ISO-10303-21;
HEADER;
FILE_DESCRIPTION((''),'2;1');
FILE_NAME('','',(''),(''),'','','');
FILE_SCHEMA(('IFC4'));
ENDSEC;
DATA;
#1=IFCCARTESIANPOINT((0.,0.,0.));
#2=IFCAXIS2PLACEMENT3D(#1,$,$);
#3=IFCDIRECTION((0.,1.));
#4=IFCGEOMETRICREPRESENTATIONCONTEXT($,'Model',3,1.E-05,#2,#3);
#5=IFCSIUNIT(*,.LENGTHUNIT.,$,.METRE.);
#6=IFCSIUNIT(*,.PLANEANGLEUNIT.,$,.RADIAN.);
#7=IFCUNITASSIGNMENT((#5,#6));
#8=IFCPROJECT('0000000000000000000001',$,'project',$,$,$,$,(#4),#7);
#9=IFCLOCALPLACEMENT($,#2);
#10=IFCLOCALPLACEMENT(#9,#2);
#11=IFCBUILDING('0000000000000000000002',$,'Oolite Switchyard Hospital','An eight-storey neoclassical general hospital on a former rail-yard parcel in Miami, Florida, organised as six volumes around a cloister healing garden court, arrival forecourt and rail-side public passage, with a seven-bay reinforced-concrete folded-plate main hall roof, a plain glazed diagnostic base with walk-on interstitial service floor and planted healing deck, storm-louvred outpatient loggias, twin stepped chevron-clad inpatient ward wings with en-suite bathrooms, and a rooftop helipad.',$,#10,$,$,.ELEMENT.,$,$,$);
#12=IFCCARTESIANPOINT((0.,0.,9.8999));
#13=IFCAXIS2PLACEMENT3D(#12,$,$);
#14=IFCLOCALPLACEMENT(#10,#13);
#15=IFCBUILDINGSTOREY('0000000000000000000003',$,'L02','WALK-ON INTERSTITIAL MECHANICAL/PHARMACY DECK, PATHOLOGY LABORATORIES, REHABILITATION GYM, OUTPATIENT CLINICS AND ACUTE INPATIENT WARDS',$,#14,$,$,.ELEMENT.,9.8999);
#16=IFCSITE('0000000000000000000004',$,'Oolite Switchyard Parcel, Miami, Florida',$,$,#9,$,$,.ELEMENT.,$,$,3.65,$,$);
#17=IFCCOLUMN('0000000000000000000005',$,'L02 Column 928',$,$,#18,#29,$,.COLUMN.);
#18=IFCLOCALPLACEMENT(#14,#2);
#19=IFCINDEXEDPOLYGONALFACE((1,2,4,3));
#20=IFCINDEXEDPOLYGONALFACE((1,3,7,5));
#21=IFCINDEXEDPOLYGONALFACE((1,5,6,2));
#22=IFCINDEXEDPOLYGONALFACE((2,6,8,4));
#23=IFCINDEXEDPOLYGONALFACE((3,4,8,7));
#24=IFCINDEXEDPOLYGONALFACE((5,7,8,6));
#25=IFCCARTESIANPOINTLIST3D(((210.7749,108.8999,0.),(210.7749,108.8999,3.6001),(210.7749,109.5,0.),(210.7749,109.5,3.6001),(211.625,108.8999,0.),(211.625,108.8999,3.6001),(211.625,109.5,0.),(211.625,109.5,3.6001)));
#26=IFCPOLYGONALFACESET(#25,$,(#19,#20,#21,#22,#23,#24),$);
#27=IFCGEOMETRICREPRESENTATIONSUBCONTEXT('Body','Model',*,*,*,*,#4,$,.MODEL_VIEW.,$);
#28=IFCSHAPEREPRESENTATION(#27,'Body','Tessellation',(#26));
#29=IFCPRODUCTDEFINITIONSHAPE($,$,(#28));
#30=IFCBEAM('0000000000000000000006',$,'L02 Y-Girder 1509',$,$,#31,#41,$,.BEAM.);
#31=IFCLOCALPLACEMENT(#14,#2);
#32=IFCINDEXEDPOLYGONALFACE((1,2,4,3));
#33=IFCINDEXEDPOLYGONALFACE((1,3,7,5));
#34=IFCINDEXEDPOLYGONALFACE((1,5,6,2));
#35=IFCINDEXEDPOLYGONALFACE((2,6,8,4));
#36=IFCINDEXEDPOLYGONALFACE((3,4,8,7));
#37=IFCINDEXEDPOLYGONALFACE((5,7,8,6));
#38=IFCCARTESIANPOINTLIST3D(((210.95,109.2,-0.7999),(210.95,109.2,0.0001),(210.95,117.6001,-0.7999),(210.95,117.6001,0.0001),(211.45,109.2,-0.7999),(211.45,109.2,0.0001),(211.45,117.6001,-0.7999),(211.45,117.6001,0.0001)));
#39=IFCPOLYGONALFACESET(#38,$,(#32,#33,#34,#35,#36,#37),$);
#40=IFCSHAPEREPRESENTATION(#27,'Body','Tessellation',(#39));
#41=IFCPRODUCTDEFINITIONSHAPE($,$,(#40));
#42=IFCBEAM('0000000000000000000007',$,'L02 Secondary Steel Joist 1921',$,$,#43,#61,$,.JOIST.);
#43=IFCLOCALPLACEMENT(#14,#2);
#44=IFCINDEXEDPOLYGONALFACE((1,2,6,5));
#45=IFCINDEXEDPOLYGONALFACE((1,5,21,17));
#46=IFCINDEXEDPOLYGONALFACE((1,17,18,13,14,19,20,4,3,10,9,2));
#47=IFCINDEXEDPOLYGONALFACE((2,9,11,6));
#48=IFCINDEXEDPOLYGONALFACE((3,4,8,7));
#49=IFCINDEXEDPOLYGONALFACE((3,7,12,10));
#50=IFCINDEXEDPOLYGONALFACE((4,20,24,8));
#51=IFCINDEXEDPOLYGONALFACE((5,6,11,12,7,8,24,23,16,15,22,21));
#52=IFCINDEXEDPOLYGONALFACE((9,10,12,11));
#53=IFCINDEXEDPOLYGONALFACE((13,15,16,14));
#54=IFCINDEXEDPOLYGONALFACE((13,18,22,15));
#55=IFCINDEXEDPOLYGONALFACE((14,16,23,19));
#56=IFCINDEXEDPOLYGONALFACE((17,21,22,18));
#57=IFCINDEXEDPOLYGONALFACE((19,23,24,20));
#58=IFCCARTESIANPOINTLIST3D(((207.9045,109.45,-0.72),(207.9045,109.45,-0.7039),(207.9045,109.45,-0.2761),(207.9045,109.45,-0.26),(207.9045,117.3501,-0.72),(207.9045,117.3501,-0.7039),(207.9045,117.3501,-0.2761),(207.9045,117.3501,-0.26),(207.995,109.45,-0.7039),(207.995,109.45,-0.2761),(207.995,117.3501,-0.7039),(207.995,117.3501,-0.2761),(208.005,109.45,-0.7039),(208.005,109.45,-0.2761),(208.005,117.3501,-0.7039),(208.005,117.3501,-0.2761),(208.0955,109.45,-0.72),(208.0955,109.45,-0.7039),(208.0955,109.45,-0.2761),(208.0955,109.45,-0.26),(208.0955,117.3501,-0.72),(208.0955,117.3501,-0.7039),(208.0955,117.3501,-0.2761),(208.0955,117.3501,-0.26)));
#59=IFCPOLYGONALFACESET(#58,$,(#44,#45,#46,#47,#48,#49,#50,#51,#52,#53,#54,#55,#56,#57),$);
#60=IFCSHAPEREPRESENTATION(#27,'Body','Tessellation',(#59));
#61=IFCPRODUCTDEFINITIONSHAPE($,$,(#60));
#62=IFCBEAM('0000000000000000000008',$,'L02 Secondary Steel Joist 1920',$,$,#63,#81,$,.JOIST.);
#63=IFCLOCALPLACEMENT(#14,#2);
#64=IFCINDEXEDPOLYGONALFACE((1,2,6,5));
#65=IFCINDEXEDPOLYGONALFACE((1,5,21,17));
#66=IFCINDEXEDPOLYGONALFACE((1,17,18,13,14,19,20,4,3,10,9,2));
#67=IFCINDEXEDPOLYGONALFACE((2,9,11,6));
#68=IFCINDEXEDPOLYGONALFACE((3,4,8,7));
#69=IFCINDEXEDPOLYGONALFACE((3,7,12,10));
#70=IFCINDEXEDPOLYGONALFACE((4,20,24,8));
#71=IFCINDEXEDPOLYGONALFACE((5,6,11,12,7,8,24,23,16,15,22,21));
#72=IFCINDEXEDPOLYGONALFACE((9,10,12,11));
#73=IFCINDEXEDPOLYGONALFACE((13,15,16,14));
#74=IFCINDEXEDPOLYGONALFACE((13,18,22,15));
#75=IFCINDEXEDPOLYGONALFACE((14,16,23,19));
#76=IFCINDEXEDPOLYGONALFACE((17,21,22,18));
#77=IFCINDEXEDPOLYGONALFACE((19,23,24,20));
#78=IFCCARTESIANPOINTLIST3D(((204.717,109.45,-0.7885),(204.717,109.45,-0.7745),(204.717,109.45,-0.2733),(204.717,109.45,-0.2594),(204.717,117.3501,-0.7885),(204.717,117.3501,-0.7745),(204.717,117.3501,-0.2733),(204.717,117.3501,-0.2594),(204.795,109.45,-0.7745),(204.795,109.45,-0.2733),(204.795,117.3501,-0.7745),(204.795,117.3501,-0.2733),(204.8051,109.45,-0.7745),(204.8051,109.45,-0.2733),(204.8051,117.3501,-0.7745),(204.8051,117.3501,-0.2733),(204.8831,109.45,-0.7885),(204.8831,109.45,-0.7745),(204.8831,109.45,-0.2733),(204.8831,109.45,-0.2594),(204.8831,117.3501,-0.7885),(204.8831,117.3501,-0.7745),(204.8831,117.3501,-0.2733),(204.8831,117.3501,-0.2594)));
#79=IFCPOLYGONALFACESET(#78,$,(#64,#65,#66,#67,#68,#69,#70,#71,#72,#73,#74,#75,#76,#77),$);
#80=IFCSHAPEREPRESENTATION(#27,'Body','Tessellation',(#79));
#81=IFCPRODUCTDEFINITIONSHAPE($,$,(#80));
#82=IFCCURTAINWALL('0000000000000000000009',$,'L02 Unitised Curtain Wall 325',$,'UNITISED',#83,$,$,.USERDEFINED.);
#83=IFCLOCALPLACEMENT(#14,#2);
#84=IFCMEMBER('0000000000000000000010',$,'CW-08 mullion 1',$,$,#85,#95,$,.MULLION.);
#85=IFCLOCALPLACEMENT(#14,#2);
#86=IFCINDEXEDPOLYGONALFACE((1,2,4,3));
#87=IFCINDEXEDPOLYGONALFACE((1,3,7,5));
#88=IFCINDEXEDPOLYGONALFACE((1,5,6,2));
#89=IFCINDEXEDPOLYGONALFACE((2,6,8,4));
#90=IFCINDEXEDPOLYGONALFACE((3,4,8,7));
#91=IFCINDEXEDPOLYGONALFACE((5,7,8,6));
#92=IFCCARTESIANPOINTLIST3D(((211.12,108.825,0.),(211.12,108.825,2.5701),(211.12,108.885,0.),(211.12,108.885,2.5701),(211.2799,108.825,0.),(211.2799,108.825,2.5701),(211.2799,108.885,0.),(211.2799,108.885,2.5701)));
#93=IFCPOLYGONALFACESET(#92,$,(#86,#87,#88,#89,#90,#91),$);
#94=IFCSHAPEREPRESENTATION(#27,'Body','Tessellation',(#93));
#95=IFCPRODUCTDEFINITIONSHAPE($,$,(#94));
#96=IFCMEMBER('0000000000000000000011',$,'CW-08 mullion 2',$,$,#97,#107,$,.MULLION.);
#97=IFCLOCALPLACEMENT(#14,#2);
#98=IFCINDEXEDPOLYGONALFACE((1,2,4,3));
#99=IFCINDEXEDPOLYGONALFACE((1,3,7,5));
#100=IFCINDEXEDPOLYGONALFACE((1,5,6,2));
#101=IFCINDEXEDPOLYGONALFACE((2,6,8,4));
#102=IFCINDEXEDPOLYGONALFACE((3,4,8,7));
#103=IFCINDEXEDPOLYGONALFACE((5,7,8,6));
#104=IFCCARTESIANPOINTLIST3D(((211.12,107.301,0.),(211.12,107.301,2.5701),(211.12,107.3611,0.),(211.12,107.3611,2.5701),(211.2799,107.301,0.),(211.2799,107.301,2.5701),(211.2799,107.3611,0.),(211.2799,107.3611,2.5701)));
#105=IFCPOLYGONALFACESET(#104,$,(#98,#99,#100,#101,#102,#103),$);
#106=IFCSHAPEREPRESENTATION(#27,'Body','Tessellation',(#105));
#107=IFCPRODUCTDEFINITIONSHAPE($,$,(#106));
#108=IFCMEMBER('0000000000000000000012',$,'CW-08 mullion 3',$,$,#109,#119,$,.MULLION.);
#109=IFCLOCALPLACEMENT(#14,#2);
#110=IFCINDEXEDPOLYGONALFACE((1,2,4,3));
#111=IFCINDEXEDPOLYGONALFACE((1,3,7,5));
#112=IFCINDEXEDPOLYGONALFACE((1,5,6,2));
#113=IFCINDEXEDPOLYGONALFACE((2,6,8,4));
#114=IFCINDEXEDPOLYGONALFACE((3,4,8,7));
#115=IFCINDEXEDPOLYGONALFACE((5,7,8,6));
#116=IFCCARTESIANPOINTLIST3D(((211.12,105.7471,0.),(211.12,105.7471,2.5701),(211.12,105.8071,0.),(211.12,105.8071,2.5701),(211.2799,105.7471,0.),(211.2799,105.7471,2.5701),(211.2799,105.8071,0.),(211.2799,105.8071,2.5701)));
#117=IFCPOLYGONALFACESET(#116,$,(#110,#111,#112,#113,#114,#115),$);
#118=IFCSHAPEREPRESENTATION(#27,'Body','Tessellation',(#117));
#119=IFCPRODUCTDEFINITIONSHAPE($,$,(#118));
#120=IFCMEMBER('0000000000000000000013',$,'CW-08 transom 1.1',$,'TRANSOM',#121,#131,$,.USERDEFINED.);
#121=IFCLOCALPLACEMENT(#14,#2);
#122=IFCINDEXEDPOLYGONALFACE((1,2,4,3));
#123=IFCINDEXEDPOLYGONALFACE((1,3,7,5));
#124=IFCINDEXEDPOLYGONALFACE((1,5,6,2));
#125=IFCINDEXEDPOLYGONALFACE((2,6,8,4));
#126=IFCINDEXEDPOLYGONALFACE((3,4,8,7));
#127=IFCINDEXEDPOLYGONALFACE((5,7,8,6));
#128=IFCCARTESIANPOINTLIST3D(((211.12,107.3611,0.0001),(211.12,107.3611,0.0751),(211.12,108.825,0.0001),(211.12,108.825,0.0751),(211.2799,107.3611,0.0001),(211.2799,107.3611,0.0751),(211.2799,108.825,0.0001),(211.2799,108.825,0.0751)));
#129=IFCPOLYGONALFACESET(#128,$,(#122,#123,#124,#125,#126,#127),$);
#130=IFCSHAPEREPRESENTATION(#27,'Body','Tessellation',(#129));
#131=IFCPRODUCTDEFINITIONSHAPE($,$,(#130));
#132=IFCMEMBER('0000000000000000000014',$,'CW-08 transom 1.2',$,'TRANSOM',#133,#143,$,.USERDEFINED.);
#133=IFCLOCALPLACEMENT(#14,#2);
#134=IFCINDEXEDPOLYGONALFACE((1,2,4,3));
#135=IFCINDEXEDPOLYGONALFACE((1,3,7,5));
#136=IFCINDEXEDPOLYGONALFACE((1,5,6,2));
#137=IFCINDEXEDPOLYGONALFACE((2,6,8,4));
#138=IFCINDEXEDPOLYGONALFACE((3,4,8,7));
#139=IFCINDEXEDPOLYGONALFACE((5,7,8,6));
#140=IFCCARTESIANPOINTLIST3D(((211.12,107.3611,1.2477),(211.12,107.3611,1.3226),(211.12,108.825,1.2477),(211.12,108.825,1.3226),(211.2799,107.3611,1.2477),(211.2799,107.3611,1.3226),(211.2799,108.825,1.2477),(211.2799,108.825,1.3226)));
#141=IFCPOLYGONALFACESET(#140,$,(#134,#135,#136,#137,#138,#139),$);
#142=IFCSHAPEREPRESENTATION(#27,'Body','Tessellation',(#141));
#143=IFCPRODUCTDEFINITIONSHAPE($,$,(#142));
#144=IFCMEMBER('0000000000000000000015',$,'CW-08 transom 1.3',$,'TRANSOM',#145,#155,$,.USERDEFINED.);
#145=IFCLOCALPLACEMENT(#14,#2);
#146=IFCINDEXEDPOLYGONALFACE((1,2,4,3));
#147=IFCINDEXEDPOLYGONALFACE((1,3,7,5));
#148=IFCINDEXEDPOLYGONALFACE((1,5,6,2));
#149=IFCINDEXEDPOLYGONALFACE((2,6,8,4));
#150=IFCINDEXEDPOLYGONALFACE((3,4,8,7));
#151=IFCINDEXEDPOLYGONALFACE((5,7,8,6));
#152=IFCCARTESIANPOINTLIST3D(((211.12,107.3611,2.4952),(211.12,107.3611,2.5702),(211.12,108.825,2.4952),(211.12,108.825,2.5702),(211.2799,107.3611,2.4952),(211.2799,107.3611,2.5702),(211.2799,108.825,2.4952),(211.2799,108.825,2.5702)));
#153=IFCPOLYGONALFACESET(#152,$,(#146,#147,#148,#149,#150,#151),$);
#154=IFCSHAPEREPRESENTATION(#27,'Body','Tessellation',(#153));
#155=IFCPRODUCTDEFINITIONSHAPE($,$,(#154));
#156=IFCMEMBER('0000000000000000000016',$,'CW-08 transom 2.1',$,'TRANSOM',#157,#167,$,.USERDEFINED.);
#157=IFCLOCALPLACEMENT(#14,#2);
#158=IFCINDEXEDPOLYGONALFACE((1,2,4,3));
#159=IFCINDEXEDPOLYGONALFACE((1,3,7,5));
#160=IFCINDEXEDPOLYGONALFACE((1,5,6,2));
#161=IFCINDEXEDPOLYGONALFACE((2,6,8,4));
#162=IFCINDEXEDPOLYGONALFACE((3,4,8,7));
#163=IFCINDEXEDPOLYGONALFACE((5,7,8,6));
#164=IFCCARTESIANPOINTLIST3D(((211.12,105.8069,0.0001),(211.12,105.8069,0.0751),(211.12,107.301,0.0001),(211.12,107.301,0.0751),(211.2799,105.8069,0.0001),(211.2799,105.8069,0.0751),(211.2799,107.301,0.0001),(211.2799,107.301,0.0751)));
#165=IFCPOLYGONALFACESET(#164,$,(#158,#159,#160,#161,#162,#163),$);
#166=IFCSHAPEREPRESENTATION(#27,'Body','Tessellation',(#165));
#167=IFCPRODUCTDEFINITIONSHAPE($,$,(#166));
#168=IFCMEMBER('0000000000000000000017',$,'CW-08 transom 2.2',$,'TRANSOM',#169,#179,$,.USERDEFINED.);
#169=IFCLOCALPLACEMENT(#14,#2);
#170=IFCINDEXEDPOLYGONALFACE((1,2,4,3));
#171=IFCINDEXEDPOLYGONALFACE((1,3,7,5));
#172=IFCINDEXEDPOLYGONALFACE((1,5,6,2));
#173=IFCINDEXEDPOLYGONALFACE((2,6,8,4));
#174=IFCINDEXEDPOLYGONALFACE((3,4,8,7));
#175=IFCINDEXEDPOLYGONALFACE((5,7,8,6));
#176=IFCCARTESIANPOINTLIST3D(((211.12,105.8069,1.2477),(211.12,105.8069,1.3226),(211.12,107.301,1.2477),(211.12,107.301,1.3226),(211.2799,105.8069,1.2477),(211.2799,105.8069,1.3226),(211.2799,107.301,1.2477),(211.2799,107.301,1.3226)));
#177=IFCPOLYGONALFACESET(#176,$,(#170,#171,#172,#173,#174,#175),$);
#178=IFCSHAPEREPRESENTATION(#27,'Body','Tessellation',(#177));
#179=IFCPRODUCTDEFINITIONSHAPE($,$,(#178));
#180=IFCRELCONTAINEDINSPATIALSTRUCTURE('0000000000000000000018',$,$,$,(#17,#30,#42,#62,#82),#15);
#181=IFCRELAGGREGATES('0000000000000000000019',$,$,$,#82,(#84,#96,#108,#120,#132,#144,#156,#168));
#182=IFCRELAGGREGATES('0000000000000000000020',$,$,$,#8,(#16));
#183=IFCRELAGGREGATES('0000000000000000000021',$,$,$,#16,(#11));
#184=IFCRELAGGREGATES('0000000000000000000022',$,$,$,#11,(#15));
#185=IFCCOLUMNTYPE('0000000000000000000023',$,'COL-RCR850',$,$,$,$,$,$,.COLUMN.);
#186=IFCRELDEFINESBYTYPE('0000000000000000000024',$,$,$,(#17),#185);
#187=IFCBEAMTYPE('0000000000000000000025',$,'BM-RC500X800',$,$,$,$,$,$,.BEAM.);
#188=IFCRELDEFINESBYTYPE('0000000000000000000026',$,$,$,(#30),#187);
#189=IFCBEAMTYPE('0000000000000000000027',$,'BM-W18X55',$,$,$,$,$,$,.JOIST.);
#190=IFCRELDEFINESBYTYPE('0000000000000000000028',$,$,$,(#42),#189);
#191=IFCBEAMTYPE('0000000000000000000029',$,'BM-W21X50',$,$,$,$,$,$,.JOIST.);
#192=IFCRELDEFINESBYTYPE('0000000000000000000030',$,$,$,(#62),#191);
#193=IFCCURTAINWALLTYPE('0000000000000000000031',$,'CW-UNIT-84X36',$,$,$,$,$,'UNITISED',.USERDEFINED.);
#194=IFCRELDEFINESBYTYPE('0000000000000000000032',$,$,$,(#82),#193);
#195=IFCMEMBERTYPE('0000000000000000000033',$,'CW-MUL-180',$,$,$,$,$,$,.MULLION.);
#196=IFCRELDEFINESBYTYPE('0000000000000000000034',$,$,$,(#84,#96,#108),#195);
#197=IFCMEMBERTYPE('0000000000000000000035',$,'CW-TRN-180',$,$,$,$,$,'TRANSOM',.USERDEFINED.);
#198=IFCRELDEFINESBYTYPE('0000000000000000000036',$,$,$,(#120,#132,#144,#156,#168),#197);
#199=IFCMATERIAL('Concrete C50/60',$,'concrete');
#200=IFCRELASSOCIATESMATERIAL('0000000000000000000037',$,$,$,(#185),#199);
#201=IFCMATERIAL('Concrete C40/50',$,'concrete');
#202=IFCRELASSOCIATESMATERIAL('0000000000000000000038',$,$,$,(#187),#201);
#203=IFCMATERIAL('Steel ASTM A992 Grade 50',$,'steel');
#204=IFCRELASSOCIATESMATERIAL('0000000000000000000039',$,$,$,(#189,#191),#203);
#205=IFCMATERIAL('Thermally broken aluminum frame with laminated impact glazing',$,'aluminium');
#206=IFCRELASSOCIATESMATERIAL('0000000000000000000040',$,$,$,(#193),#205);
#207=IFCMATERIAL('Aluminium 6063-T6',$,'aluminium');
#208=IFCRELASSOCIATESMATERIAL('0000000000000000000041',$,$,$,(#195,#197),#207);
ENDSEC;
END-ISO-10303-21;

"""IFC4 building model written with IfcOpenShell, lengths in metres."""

from ifc_helpers import new_model, si_unit, direction, frame, origin, origin_2d, place, context, subcontext, project, spatial, rectangle, i_section, extrude, material, material_profile, profile_set, type_object, element, aggregate, save


model = new_model("IFC4")

# Units and contexts
model_context = context("Model", 3, precision=1e-05, world=origin(), true_north=direction((0.0, 1.0)))
body_context = subcontext(model_context, "Body", "Model", "MODEL_VIEW")
ifc_project = project(units=[si_unit("LENGTHUNIT", "METRE"), si_unit("PLANEANGLEUNIT", "RADIAN")], contexts=[model_context])

# Site, building, storey
site_placement = place(None, origin())
site = spatial("IfcSite", under=ifc_project, at=site_placement, Name="Oolite Switchyard Parcel, Miami, Florida", CompositionType="ELEMENT", RefElevation=3.65)
building_placement = place(site_placement, origin())
building = spatial("IfcBuilding", under=site, at=building_placement, Name="Oolite Switchyard Hospital", Description="An eight-storey neoclassical general hospital on a former rail-yard parcel in Miami, Florida, organised as six volumes around a cloister healing garden court, arrival forecourt and rail-side public passage, with a seven-bay reinforced-concrete folded-plate main hall roof, a plain glazed diagnostic base with walk-on interstitial service floor and planted healing deck, storm-louvred outpatient loggias, twin stepped chevron-clad inpatient ward wings with en-suite bathrooms, and a rooftop helipad.", CompositionType="ELEMENT")
storey_placement = place(building_placement, frame((0.0, 0.0, 9.8999)))
storey = spatial("IfcBuildingStorey", under=building, at=storey_placement, Name="L02", Description="WALK-ON INTERSTITIAL MECHANICAL/PHARMACY DECK, PATHOLOGY LABORATORIES, REHABILITATION GYM, OUTPATIENT CLINICS AND ACUTE INPATIENT WARDS", CompositionType="ELEMENT", Elevation=9.8999)

# Column
ifc_material_1 = material(Name="Concrete C50/60", Category="concrete")
ifc_material_profile_1 = material_profile(ifc_material_1, rectangle(XDim=0.8501, YDim=0.6001, at=origin_2d()), Name="RC850X600")
ifc_profile_set_1 = profile_set([ifc_material_profile_1], Name="Concrete C50/60")
column_type = type_object("IfcColumnType", Name="COL-RCR850", PredefinedType="COLUMN", material=ifc_profile_set_1)
column_placement = place(storey_placement, frame((211.2, 109.2, 0.0), z_axis=(0.0, 0.0, 1.0), x_axis=(1.0, 0.0, 0.0)))
element("IfcColumn", 1, at=column_placement, inside=storey, type_object=column_type, Name="L02 Column 928", PredefinedType="COLUMN", context=body_context, shape_type="SweptSolid", body=[
    extrude(rectangle(XDim=0.8501, YDim=0.6001, at=origin_2d()), origin(), (0.0, 0.0, 1.0), 3.6001),
])

# Beams
ifc_material_2 = material(Name="Concrete C40/50", Category="concrete")
ifc_material_profile_2 = material_profile(ifc_material_2, rectangle(XDim=0.5, YDim=0.8, at=origin_2d()), Name="RCB500X800")
ifc_profile_set_2 = profile_set([ifc_material_profile_2], Name="Concrete C40/50")
beam_type_1 = type_object("IfcBeamType", Name="BM-RC500X800", PredefinedType="BEAM", material=ifc_profile_set_2)
beam_1_placement = place(storey_placement, frame((211.2, 109.2, -0.3999), z_axis=(0.0, 1.0, 0.0), x_axis=(-1.0, 0.0, 0.0)))
element("IfcBeam", 2, at=beam_1_placement, inside=storey, type_object=beam_type_1, Name="L02 Y-Girder 1509", PredefinedType="BEAM", context=body_context, shape_type="SweptSolid", body=[
    extrude(rectangle(XDim=0.5, YDim=0.8, at=origin_2d()), origin(), (0.0, 0.0, 1.0), 8.4001),
])
ifc_material_3 = material(Name="Steel ASTM A992 Grade 50", Category="steel")
ifc_material_profile_3 = material_profile(ifc_material_3, i_section(OverallWidth=0.1909, OverallDepth=0.46, WebThickness=0.01, FlangeThickness=0.0161, at=origin_2d()), Name="W18X55")
ifc_profile_set_3 = profile_set([ifc_material_profile_3], Name="Steel ASTM A992 Grade 50")
beam_type_2 = type_object("IfcBeamType", Name="BM-W18X55", PredefinedType="JOIST", material=ifc_profile_set_3)
beam_2_placement = place(storey_placement, frame((208.0, 109.45, -0.49), z_axis=(0.0, 1.0, 0.0), x_axis=(-1.0, 0.0, 0.0)))
element("IfcBeam", 3, at=beam_2_placement, inside=storey, type_object=beam_type_2, Name="L02 Secondary Steel Joist 1921", PredefinedType="JOIST", context=body_context, shape_type="SweptSolid", body=[
    extrude(i_section(OverallWidth=0.1909, OverallDepth=0.46, WebThickness=0.01, FlangeThickness=0.0161, at=origin_2d()), origin(), (0.0, 0.0, 1.0), 7.9001),
])
ifc_material_profile_4 = material_profile(ifc_material_3, i_section(OverallWidth=0.166, OverallDepth=0.5291, WebThickness=0.01, FlangeThickness=0.0139, at=origin_2d()), Name="W21X50")
ifc_profile_set_4 = profile_set([ifc_material_profile_4], Name="Steel ASTM A992 Grade 50")
beam_type_3 = type_object("IfcBeamType", Name="BM-W21X50", PredefinedType="JOIST", material=ifc_profile_set_4)
beam_3_placement = place(storey_placement, frame((204.8, 109.45, -0.5239), z_axis=(0.0, 1.0, 0.0), x_axis=(-1.0, 0.0, 0.0)))
element("IfcBeam", 4, at=beam_3_placement, inside=storey, type_object=beam_type_3, Name="L02 Secondary Steel Joist 1920", PredefinedType="JOIST", context=body_context, shape_type="SweptSolid", body=[
    extrude(i_section(OverallWidth=0.166, OverallDepth=0.5291, WebThickness=0.01, FlangeThickness=0.0139, at=origin_2d()), origin(), (0.0, 0.0, 1.0), 7.9001),
])

# Curtain wall, members
ifc_material_4 = material(Name="Thermally broken aluminum frame with laminated impact glazing", Category="aluminium")
curtain_wall_type = type_object("IfcCurtainWallType", Name="CW-UNIT-84X36", ElementType="UNITISED", PredefinedType="USERDEFINED", material=ifc_material_4)
curtain_wall_placement = place(storey_placement, origin())
curtain_wall = element("IfcCurtainWall", 5, at=curtain_wall_placement, inside=storey, type_object=curtain_wall_type, Name="L02 Unitised Curtain Wall 325", ObjectType="UNITISED", PredefinedType="USERDEFINED")
ifc_material_5 = material(Name="Aluminium 6063-T6", Category="aluminium")
ifc_material_profile_5 = material_profile(ifc_material_5, rectangle(XDim=0.1599, YDim=0.0601, at=origin_2d()), Name="CWM60X160")
ifc_profile_set_5 = profile_set([ifc_material_profile_5], Name="Aluminium 6063-T6")
member_type_1 = type_object("IfcMemberType", Name="CW-MUL-180", PredefinedType="MULLION", material=ifc_profile_set_5)
member_1_placement = place(storey_placement, frame((211.2, 108.855, 0.0), z_axis=(0.0, 0.0, 1.0), x_axis=(1.0, 0.0, 0.0)))
member_1 = element("IfcMember", 6, at=member_1_placement, type_object=member_type_1, Name="CW-08 mullion 1", PredefinedType="MULLION", context=body_context, shape_type="SweptSolid", body=[
    extrude(rectangle(XDim=0.1599, YDim=0.0601, at=origin_2d()), origin(), (0.0, 0.0, 1.0), 2.5701),
])
member_2_placement = place(storey_placement, frame((211.2, 107.3311, 0.0), z_axis=(0.0, 0.0, 1.0), x_axis=(1.0, 0.0, 0.0)))
member_2 = element("IfcMember", 7, at=member_2_placement, type_object=member_type_1, Name="CW-08 mullion 2", PredefinedType="MULLION", context=body_context, shape_type="SweptSolid", body=[
    extrude(rectangle(XDim=0.1599, YDim=0.0601, at=origin_2d()), origin(), (0.0, 0.0, 1.0), 2.5701),
])
member_3_placement = place(storey_placement, frame((211.2, 105.7771, 0.0), z_axis=(0.0, 0.0, 1.0), x_axis=(1.0, 0.0, 0.0)))
member_3 = element("IfcMember", 8, at=member_3_placement, type_object=member_type_1, Name="CW-08 mullion 3", PredefinedType="MULLION", context=body_context, shape_type="SweptSolid", body=[
    extrude(rectangle(XDim=0.1599, YDim=0.0601, at=origin_2d()), origin(), (0.0, 0.0, 1.0), 2.5701),
])
ifc_material_profile_6 = material_profile(ifc_material_5, rectangle(XDim=0.1599, YDim=0.075, at=origin_2d()), Name="CWT75X160")
ifc_profile_set_6 = profile_set([ifc_material_profile_6], Name="Aluminium 6063-T6")
member_type_2 = type_object("IfcMemberType", Name="CW-TRN-180", ElementType="TRANSOM", PredefinedType="USERDEFINED", material=ifc_profile_set_6)
member_4_placement = place(storey_placement, frame((211.2, 108.825, 0.0376), z_axis=(0.0, -1.0, 0.0), x_axis=(1.0, 0.0, 0.0)))
member_4 = element("IfcMember", 9, at=member_4_placement, type_object=member_type_2, Name="CW-08 transom 1.1", ObjectType="TRANSOM", PredefinedType="USERDEFINED", context=body_context, shape_type="SweptSolid", body=[
    extrude(rectangle(XDim=0.1599, YDim=0.075, at=origin_2d()), origin(), (0.0, 0.0, 1.0), 1.4639),
])
member_5_placement = place(storey_placement, frame((211.2, 108.825, 1.2852), z_axis=(0.0, -1.0, 0.0), x_axis=(1.0, 0.0, 0.0)))
member_5 = element("IfcMember", 10, at=member_5_placement, type_object=member_type_2, Name="CW-08 transom 1.2", ObjectType="TRANSOM", PredefinedType="USERDEFINED", context=body_context, shape_type="SweptSolid", body=[
    extrude(rectangle(XDim=0.1599, YDim=0.075, at=origin_2d()), origin(), (0.0, 0.0, 1.0), 1.4639),
])
member_6_placement = place(storey_placement, frame((211.2, 108.825, 2.5327), z_axis=(0.0, -1.0, 0.0), x_axis=(1.0, 0.0, 0.0)))
member_6 = element("IfcMember", 11, at=member_6_placement, type_object=member_type_2, Name="CW-08 transom 1.3", ObjectType="TRANSOM", PredefinedType="USERDEFINED", context=body_context, shape_type="SweptSolid", body=[
    extrude(rectangle(XDim=0.1599, YDim=0.075, at=origin_2d()), origin(), (0.0, 0.0, 1.0), 1.4639),
])
member_7_placement = place(storey_placement, frame((211.2, 107.301, 0.0376), z_axis=(0.0, -1.0, 0.0), x_axis=(1.0, 0.0, 0.0)))
member_7 = element("IfcMember", 12, at=member_7_placement, type_object=member_type_2, Name="CW-08 transom 2.1", ObjectType="TRANSOM", PredefinedType="USERDEFINED", context=body_context, shape_type="SweptSolid", body=[
    extrude(rectangle(XDim=0.1599, YDim=0.075, at=origin_2d()), origin(), (0.0, 0.0, 1.0), 1.4941),
])
member_8_placement = place(storey_placement, frame((211.2, 107.301, 1.2852), z_axis=(0.0, -1.0, 0.0), x_axis=(1.0, 0.0, 0.0)))
member_8 = element("IfcMember", 13, at=member_8_placement, type_object=member_type_2, Name="CW-08 transom 2.2", ObjectType="TRANSOM", PredefinedType="USERDEFINED", context=body_context, shape_type="SweptSolid", body=[
    extrude(rectangle(XDim=0.1599, YDim=0.075, at=origin_2d()), origin(), (0.0, 0.0, 1.0), 1.4941),
])
aggregate(curtain_wall, [member_1, member_2, member_3, member_4, member_5, member_6, member_7, member_8])

save(model, "model.ifc")
